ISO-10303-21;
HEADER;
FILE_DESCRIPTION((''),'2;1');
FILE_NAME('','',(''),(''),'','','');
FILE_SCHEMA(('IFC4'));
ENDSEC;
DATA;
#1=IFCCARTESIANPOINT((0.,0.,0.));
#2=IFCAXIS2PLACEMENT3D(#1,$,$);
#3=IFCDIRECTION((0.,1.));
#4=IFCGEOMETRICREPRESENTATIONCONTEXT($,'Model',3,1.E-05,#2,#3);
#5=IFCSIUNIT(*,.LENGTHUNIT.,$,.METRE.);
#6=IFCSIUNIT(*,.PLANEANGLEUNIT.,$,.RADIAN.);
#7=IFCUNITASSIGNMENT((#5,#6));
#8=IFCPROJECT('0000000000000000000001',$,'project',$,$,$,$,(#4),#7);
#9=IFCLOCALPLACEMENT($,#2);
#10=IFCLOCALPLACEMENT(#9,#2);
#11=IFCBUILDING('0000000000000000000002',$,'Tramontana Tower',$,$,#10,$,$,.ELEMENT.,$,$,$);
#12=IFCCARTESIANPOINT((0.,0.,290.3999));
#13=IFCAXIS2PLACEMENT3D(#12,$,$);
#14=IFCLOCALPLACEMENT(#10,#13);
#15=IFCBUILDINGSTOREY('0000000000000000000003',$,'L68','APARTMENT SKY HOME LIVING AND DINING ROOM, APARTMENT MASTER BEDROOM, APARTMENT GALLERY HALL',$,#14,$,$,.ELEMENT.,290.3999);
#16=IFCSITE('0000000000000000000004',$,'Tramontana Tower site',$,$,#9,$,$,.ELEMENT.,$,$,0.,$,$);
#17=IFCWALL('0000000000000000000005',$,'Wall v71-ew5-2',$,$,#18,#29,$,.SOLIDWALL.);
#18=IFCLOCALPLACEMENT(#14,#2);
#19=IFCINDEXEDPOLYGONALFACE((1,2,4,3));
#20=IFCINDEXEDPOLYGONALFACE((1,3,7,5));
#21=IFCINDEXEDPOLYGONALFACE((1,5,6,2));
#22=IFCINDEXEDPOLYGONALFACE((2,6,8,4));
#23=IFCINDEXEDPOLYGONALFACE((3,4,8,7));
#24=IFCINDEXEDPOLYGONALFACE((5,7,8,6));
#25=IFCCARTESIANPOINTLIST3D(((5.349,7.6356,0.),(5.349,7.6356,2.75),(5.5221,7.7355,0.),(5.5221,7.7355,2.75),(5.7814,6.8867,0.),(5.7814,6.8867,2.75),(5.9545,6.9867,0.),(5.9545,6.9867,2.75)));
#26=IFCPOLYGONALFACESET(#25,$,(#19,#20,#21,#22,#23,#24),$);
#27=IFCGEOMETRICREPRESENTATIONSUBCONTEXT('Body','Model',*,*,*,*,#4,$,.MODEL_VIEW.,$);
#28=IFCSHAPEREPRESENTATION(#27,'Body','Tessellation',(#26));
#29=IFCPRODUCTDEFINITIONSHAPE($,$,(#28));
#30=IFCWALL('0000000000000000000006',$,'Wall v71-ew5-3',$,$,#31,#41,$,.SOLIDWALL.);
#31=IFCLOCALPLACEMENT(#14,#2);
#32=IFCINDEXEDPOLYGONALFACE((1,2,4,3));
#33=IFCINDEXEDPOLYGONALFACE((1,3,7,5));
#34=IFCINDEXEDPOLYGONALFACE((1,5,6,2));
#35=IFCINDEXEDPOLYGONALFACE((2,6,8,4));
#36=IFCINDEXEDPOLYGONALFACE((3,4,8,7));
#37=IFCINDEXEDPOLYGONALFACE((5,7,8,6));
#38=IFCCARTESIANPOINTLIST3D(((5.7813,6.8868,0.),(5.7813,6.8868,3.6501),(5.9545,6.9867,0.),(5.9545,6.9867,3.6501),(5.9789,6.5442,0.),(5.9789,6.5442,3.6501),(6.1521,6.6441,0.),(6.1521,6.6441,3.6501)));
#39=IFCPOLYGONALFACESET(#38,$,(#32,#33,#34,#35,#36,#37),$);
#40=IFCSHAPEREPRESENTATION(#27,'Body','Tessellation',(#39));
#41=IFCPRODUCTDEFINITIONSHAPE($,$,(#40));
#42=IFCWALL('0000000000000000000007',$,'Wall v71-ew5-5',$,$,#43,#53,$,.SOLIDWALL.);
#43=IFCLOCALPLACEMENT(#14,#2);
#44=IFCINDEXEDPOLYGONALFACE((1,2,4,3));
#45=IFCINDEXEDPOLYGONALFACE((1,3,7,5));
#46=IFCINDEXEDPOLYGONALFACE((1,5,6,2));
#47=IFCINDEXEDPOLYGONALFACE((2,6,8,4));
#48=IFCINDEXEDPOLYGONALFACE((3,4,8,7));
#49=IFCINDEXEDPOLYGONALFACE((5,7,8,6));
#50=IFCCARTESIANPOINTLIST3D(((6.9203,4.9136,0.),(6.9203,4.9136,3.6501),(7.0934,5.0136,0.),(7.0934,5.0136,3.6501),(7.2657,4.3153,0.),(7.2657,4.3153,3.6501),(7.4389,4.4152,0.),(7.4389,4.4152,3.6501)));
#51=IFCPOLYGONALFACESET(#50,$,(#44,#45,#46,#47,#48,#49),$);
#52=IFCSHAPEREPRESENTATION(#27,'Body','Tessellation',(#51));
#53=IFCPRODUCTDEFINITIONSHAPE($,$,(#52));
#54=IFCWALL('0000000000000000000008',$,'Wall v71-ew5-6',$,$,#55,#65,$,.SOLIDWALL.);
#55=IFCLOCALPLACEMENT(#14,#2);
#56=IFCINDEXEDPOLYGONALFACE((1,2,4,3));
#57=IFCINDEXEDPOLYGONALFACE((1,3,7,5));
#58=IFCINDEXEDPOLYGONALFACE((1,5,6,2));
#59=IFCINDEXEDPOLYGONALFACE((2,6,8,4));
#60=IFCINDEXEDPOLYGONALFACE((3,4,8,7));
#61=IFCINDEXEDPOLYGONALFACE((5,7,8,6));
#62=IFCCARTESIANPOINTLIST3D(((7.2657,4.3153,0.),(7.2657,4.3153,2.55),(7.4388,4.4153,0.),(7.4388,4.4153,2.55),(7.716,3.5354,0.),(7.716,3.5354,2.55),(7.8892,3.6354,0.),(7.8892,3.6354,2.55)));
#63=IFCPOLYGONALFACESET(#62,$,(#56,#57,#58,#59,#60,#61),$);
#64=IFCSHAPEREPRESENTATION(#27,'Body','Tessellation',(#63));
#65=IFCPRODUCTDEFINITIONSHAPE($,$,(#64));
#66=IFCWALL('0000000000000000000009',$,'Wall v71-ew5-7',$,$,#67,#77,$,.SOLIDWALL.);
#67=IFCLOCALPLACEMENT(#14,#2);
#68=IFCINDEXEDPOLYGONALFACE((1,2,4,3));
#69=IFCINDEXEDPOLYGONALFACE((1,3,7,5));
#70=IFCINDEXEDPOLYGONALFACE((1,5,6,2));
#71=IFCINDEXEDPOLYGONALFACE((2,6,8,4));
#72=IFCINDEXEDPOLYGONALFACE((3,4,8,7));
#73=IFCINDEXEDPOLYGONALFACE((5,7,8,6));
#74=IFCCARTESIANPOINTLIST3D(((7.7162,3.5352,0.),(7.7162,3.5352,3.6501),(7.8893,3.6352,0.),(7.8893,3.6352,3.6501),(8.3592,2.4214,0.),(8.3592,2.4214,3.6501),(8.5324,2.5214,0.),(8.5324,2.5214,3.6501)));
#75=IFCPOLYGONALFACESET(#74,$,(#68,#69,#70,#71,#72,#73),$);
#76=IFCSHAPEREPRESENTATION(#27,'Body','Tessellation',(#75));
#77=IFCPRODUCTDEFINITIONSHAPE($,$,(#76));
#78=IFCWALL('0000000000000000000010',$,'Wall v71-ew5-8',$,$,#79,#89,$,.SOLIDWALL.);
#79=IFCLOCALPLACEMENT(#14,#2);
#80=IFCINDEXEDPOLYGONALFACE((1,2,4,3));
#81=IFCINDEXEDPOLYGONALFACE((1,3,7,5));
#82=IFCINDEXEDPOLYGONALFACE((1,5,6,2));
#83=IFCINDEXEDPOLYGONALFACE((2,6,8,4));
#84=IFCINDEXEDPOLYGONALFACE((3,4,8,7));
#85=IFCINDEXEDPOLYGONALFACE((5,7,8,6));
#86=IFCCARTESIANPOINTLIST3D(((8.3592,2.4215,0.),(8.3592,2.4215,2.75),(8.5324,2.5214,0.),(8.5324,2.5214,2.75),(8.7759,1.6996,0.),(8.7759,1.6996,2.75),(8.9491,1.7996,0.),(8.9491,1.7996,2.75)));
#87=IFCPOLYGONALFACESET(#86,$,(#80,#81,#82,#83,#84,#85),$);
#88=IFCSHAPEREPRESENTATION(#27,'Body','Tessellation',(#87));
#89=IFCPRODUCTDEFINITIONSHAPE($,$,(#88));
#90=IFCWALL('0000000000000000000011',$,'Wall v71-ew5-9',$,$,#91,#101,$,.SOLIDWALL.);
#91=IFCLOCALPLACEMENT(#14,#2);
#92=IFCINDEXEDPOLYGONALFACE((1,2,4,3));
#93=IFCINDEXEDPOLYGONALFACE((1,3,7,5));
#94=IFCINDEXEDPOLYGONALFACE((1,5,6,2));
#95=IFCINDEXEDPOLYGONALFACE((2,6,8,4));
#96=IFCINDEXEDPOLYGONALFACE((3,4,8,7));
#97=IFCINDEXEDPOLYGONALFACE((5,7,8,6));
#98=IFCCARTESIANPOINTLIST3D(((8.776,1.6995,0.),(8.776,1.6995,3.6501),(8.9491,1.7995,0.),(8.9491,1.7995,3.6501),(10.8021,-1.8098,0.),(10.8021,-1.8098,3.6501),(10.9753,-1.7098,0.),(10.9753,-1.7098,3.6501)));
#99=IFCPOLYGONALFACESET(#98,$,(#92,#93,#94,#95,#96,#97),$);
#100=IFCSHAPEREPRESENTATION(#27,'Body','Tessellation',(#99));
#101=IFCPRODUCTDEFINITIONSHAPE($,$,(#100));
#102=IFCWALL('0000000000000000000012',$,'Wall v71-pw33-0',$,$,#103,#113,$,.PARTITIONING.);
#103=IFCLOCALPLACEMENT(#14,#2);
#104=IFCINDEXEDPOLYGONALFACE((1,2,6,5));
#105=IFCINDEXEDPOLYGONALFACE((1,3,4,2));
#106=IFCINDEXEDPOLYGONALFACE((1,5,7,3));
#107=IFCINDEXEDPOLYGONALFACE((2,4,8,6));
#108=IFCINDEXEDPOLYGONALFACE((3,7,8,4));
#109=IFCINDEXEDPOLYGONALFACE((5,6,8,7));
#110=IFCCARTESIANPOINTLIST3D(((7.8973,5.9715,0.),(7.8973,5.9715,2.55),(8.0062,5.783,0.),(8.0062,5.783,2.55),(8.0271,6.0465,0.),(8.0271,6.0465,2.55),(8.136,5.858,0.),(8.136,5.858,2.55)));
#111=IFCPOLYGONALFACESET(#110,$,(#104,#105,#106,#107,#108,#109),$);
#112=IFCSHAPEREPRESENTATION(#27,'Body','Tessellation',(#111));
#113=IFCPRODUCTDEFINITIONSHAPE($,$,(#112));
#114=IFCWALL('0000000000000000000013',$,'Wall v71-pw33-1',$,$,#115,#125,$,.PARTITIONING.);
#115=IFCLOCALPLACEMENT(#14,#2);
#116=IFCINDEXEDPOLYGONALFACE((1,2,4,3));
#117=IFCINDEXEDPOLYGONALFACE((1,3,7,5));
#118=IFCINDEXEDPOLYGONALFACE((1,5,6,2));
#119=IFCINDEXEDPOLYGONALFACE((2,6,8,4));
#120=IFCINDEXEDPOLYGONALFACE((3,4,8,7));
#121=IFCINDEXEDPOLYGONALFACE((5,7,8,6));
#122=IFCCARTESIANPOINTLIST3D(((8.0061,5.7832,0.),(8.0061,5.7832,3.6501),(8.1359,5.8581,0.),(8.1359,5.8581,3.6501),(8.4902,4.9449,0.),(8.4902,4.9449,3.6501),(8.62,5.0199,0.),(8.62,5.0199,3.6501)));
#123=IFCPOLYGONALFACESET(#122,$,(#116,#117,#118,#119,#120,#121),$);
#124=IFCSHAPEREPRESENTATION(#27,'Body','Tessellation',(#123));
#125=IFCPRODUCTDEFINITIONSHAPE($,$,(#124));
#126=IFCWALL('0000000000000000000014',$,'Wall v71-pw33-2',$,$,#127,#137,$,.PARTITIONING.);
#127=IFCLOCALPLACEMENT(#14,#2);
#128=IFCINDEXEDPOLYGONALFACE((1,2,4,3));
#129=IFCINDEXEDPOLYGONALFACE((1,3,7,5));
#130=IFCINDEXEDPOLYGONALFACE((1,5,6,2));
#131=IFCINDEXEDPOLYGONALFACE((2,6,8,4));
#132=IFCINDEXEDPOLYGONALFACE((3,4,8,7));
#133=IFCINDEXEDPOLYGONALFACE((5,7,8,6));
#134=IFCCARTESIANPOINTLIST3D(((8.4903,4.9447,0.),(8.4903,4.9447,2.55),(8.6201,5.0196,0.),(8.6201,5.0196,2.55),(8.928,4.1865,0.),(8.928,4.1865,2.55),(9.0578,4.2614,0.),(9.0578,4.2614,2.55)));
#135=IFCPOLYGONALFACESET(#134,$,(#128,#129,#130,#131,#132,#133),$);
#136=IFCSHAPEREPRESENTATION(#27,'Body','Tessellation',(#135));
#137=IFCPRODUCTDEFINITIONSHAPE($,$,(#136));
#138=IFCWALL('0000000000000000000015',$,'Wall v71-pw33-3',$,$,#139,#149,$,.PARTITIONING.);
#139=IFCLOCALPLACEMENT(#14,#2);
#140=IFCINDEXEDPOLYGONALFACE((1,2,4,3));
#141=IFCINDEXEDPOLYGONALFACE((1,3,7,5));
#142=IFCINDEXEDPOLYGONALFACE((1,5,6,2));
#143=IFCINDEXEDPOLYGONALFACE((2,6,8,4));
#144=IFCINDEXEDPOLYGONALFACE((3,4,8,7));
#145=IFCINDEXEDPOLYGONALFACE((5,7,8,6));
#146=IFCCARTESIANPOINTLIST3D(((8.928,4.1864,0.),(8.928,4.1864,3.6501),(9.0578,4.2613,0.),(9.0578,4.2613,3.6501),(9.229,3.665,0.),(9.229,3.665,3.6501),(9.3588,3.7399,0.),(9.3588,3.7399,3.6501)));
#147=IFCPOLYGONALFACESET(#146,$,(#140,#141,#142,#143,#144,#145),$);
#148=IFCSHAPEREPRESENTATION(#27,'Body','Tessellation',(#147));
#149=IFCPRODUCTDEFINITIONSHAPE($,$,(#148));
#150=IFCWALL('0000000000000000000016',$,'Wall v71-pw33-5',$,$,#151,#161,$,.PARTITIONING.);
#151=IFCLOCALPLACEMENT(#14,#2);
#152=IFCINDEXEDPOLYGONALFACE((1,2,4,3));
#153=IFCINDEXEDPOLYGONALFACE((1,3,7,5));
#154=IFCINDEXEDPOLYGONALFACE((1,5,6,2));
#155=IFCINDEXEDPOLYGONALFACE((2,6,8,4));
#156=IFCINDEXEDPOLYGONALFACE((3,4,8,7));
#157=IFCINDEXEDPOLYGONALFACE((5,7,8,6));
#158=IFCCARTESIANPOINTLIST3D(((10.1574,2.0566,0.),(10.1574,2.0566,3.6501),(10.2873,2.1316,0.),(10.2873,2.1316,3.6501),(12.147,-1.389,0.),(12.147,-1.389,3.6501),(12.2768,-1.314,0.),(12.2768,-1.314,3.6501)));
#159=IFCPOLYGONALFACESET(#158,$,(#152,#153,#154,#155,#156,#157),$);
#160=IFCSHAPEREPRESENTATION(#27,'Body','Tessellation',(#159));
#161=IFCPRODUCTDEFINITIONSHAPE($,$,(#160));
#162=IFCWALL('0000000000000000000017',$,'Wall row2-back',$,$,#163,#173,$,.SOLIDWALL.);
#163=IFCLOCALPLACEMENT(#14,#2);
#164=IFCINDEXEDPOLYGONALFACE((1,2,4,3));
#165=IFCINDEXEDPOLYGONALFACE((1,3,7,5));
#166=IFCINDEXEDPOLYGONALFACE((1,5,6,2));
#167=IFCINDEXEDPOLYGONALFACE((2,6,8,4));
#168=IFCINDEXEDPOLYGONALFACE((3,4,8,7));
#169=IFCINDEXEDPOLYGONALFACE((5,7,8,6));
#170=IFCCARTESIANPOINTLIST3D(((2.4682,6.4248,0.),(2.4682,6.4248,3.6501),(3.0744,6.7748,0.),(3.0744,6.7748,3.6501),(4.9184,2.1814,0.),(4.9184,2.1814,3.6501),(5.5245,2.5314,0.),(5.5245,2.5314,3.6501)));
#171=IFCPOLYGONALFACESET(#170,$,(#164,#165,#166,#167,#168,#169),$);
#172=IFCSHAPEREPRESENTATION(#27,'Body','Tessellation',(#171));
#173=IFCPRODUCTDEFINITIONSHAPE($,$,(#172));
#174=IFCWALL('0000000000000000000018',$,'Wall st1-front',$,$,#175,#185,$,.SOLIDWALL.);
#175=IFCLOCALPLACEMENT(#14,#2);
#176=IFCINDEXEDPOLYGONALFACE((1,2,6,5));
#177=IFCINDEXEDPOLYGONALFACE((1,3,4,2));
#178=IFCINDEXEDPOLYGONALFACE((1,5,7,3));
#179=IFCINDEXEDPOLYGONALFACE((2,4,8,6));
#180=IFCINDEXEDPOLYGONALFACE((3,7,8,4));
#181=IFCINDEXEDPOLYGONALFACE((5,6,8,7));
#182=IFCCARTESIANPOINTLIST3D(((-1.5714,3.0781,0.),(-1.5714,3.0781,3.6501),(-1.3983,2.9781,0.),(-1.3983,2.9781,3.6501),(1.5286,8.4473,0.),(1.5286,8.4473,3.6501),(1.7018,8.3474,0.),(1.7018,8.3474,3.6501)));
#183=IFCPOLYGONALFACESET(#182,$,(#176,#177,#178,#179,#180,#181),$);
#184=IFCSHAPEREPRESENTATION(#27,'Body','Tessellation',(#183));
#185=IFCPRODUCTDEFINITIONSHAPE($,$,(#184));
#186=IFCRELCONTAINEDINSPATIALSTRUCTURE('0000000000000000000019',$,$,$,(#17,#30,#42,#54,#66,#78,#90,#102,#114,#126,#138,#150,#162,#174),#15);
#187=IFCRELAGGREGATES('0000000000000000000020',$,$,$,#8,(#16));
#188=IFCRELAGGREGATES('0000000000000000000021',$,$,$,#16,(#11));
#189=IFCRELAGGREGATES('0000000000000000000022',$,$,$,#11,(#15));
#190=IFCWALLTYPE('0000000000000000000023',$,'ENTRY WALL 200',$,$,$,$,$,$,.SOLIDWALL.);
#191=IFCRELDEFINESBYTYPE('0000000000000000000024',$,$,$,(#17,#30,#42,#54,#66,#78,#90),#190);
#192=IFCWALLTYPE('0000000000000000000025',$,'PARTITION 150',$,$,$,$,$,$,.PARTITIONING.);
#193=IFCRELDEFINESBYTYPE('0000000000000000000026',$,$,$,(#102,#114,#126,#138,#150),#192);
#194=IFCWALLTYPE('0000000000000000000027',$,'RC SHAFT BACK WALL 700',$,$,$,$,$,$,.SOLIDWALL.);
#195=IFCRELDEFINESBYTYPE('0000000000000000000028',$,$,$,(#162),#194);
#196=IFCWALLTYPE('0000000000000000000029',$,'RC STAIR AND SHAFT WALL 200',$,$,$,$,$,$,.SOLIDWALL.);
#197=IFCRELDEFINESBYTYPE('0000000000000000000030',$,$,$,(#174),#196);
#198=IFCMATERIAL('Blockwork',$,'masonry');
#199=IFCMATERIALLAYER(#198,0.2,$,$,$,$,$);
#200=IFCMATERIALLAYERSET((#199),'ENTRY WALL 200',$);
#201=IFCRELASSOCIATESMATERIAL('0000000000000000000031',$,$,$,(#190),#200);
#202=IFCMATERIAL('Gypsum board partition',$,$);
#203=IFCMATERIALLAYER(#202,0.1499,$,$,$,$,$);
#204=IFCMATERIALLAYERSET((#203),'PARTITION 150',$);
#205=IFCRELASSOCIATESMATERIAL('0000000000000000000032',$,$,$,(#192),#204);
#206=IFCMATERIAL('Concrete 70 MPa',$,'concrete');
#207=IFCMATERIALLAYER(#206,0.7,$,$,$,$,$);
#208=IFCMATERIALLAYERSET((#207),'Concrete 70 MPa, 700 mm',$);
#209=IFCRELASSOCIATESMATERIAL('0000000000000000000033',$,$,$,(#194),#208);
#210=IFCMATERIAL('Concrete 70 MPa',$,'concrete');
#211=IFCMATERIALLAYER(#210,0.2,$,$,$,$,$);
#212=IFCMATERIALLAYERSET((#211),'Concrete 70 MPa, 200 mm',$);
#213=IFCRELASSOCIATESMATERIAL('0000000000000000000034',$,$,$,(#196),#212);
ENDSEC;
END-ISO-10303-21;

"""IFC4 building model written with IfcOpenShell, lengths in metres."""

from ifc_helpers import new_model, si_unit, direction, frame, frame_2d, origin, place, context, subcontext, project, spatial, rectangle, extrude, material, layer, layer_set, type_object, element, save


model = new_model("IFC4")

# Units and contexts
model_context = context("Model", 3, precision=1e-05, world=origin(), true_north=direction((0.0, 1.0)))
body_context = subcontext(model_context, "Body", "Model", "MODEL_VIEW")
ifc_project = project(units=[si_unit("LENGTHUNIT", "METRE"), si_unit("PLANEANGLEUNIT", "RADIAN")], contexts=[model_context])

# Site, building, storey
site_placement = place(None, origin())
site = spatial("IfcSite", under=ifc_project, at=site_placement, Name="Tramontana Tower site", CompositionType="ELEMENT", RefElevation=0.0)
building_placement = place(site_placement, origin())
building = spatial("IfcBuilding", under=site, at=building_placement, Name="Tramontana Tower", CompositionType="ELEMENT")
storey_placement = place(building_placement, frame((0.0, 0.0, 290.3999)))
storey = spatial("IfcBuildingStorey", under=building, at=storey_placement, Name="L68", Description="APARTMENT SKY HOME LIVING AND DINING ROOM, APARTMENT MASTER BEDROOM, APARTMENT GALLERY HALL", CompositionType="ELEMENT", Elevation=290.3999)

# Walls
ifc_material_1 = material(Name="Blockwork", Category="masonry")
ifc_layer_1 = layer(ifc_material_1, 0.2)
ifc_layer_set_1 = layer_set([ifc_layer_1], Name="ENTRY WALL 200")
wall_type_1 = type_object("IfcWallType", Name="ENTRY WALL 200", PredefinedType="SOLIDWALL", material=ifc_layer_set_1)
wall_1_placement = place(storey_placement, frame((5.4355, 7.6855, 0.0), z_axis=(0.0, 0.0, 1.0), x_axis=(0.500056, -0.865993, 0.0)))
element("IfcWall", 1, at=wall_1_placement, inside=storey, type_object=wall_type_1, Name="Wall v71-ew5-2", PredefinedType="SOLIDWALL", context=body_context, shape_type="SweptSolid", body=[
    extrude(rectangle(XDim=0.8647, YDim=0.2, at=frame_2d((0.4324, 0.0))), origin(), (0.0, 0.0, 1.0), 2.75),
])
wall_2_placement = place(storey_placement, frame((5.8679, 6.9368, 0.0), z_axis=(0.0, 0.0, 1.0), x_axis=(0.499526, -0.866299, 0.0)))
element("IfcWall", 2, at=wall_2_placement, inside=storey, type_object=wall_type_1, Name="Wall v71-ew5-3", PredefinedType="SOLIDWALL", context=body_context, shape_type="SweptSolid", body=[
    extrude(rectangle(XDim=0.3955, YDim=0.2, at=frame_2d((0.1978, 0.0))), origin(), (0.0, 0.0, 1.0), 3.6501),
])

# Walls
wall_3_placement = place(storey_placement, frame((7.0068, 4.9636, 0.0), z_axis=(0.0, 0.0, 1.0), x_axis=(0.499977, -0.866038, 0.0)))
element("IfcWall", 3, at=wall_3_placement, inside=storey, type_object=wall_type_1, Name="Wall v71-ew5-5", PredefinedType="SOLIDWALL", context=body_context, shape_type="SweptSolid", body=[
    extrude(rectangle(XDim=0.6909, YDim=0.2, at=frame_2d((0.3455, 0.0))), origin(), (0.0, 0.0, 1.0), 3.6501),
])
wall_4_placement = place(storey_placement, frame((7.3523, 4.3652, 0.0), z_axis=(0.0, 0.0, 1.0), x_axis=(0.500074, -0.865982, 0.0)))
element("IfcWall", 4, at=wall_4_placement, inside=storey, type_object=wall_type_1, Name="Wall v71-ew5-6", PredefinedType="SOLIDWALL", context=body_context, shape_type="SweptSolid", body=[
    extrude(rectangle(XDim=0.9006, YDim=0.2, at=frame_2d((0.4502, 0.0))), origin(), (0.0, 0.0, 1.0), 2.55),
])
wall_5_placement = place(storey_placement, frame((7.8027, 3.5852, 0.0), z_axis=(0.0, 0.0, 1.0), x_axis=(0.500018, -0.866015, 0.0)))
element("IfcWall", 5, at=wall_5_placement, inside=storey, type_object=wall_type_1, Name="Wall v71-ew5-7", PredefinedType="SOLIDWALL", context=body_context, shape_type="SweptSolid", body=[
    extrude(rectangle(XDim=1.2861, YDim=0.2, at=frame_2d((0.6431, 0.0))), origin(), (0.0, 0.0, 1.0), 3.6501),
])
wall_6_placement = place(storey_placement, frame((8.4458, 2.4714, 0.0), z_axis=(0.0, 0.0, 1.0), x_axis=(0.499951, -0.866054, 0.0)))
element("IfcWall", 6, at=wall_6_placement, inside=storey, type_object=wall_type_1, Name="Wall v71-ew5-8", PredefinedType="SOLIDWALL", context=body_context, shape_type="SweptSolid", body=[
    extrude(rectangle(XDim=0.8335, YDim=0.2, at=frame_2d((0.4167, 0.0))), origin(), (0.0, 0.0, 1.0), 2.75),
])
wall_7_placement = place(storey_placement, frame((8.8625, 1.7495, 0.0), z_axis=(0.0, 0.0, 1.0), x_axis=(0.500008, -0.866021, 0.0)))
element("IfcWall", 7, at=wall_7_placement, inside=storey, type_object=wall_type_1, Name="Wall v71-ew5-9", PredefinedType="SOLIDWALL", context=body_context, shape_type="SweptSolid", body=[
    extrude(rectangle(XDim=4.0522, YDim=0.2, at=frame_2d((2.0261, 0.0))), origin(), (0.0, 0.0, 1.0), 3.6501),
])

# Shared definitions
ifc_material_2 = material(Name="Gypsum board partition")
ifc_layer_2 = layer(ifc_material_2, 0.1499)
ifc_layer_set_2 = layer_set([ifc_layer_2], Name="PARTITION 150")
wall_type_2 = type_object("IfcWallType", Name="PARTITION 150", PredefinedType="PARTITIONING", material=ifc_layer_set_2)

# Walls
wall_8_placement = place(storey_placement, frame((7.9622, 6.009, 0.0), z_axis=(0.0, 0.0, 1.0), x_axis=(0.50024, -0.865887, 0.0)))
element("IfcWall", 8, at=wall_8_placement, inside=storey, type_object=wall_type_2, Name="Wall v71-pw33-0", PredefinedType="PARTITIONING", context=body_context, shape_type="SweptSolid", body=[
    extrude(rectangle(XDim=0.2178, YDim=0.1499, at=frame_2d((0.1089, 0.0))), origin(), (0.0, 0.0, 1.0), 2.55),
])
wall_9_placement = place(storey_placement, frame((8.071, 5.8206, 0.0), z_axis=(0.0, 0.0, 1.0), x_axis=(0.500072, -0.865984, 0.0)))
element("IfcWall", 9, at=wall_9_placement, inside=storey, type_object=wall_type_2, Name="Wall v71-pw33-1", PredefinedType="PARTITIONING", context=body_context, shape_type="SweptSolid", body=[
    extrude(rectangle(XDim=0.968, YDim=0.1499, at=frame_2d((0.4839, 0.0))), origin(), (0.0, 0.0, 1.0), 3.6501),
])
wall_10_placement = place(storey_placement, frame((8.5552, 4.9822, 0.0), z_axis=(0.0, 0.0, 1.0), x_axis=(0.499948, -0.866056, 0.0)))
element("IfcWall", 10, at=wall_10_placement, inside=storey, type_object=wall_type_2, Name="Wall v71-pw33-2", PredefinedType="PARTITIONING", context=body_context, shape_type="SweptSolid", body=[
    extrude(rectangle(XDim=0.8755, YDim=0.1499, at=frame_2d((0.4377, 0.0))), origin(), (0.0, 0.0, 1.0), 2.55),
])
wall_11_placement = place(storey_placement, frame((8.9929, 4.2239, 0.0), z_axis=(0.0, 0.0, 1.0), x_axis=(0.499933, -0.866064, 0.0)))
element("IfcWall", 11, at=wall_11_placement, inside=storey, type_object=wall_type_2, Name="Wall v71-pw33-3", PredefinedType="PARTITIONING", context=body_context, shape_type="SweptSolid", body=[
    extrude(rectangle(XDim=0.6021, YDim=0.1499, at=frame_2d((0.301, 0.0))), origin(), (0.0, 0.0, 1.0), 3.6501),
])

# Wall
wall_12_placement = place(storey_placement, frame((10.2224, 2.094, 0.0), z_axis=(0.0, 0.0, 1.0), x_axis=(0.500039, -0.866003, 0.0)))
element("IfcWall", 12, at=wall_12_placement, inside=storey, type_object=wall_type_2, Name="Wall v71-pw33-5", PredefinedType="PARTITIONING", context=body_context, shape_type="SweptSolid", body=[
    extrude(rectangle(XDim=3.9788, YDim=0.1499, at=frame_2d((1.9893, 0.0))), origin(), (0.0, 0.0, 1.0), 3.6501),
])

# Walls
ifc_material_3 = material(Name="Concrete 70 MPa", Category="concrete")
ifc_layer_3 = layer(ifc_material_3, 0.7)
ifc_layer_set_3 = layer_set([ifc_layer_3], Name="Concrete 70 MPa, 700 mm")
wall_type_3 = type_object("IfcWallType", Name="RC SHAFT BACK WALL 700", PredefinedType="SOLIDWALL", material=ifc_layer_set_3)
wall_13_placement = place(storey_placement, frame((5.2214, 2.3564, 0.0), z_axis=(0.0, 0.0, 1.0), x_axis=(-0.50004, 0.866002, 0.0)))
element("IfcWall", 13, at=wall_13_placement, inside=storey, type_object=wall_type_3, Name="Wall row2-back", PredefinedType="SOLIDWALL", context=body_context, shape_type="SweptSolid", body=[
    extrude(rectangle(XDim=4.8999, YDim=0.7, at=frame_2d((2.45, 0.0))), origin(), (0.0, 0.0, 1.0), 3.6501),
])
ifc_material_4 = material(Name="Concrete 70 MPa", Category="concrete")
ifc_layer_4 = layer(ifc_material_4, 0.2)
ifc_layer_set_4 = layer_set([ifc_layer_4], Name="Concrete 70 MPa, 200 mm")
wall_type_4 = type_object("IfcWallType", Name="RC STAIR AND SHAFT WALL 200", PredefinedType="SOLIDWALL", material=ifc_layer_set_4)
wall_14_placement = place(storey_placement, frame((1.6152, 8.3975, 0.0), z_axis=(0.0, 0.0, 1.0), x_axis=(-0.50001, -0.86602, 0.0)))
element("IfcWall", 14, at=wall_14_placement, inside=storey, type_object=wall_type_4, Name="Wall st1-front", PredefinedType="SOLIDWALL", context=body_context, shape_type="SweptSolid", body=[
    extrude(rectangle(XDim=6.2, YDim=0.2, at=frame_2d((3.1001, 0.0))), origin(), (0.0, 0.0, 1.0), 3.6501),
])

save(model, "model.ifc")
